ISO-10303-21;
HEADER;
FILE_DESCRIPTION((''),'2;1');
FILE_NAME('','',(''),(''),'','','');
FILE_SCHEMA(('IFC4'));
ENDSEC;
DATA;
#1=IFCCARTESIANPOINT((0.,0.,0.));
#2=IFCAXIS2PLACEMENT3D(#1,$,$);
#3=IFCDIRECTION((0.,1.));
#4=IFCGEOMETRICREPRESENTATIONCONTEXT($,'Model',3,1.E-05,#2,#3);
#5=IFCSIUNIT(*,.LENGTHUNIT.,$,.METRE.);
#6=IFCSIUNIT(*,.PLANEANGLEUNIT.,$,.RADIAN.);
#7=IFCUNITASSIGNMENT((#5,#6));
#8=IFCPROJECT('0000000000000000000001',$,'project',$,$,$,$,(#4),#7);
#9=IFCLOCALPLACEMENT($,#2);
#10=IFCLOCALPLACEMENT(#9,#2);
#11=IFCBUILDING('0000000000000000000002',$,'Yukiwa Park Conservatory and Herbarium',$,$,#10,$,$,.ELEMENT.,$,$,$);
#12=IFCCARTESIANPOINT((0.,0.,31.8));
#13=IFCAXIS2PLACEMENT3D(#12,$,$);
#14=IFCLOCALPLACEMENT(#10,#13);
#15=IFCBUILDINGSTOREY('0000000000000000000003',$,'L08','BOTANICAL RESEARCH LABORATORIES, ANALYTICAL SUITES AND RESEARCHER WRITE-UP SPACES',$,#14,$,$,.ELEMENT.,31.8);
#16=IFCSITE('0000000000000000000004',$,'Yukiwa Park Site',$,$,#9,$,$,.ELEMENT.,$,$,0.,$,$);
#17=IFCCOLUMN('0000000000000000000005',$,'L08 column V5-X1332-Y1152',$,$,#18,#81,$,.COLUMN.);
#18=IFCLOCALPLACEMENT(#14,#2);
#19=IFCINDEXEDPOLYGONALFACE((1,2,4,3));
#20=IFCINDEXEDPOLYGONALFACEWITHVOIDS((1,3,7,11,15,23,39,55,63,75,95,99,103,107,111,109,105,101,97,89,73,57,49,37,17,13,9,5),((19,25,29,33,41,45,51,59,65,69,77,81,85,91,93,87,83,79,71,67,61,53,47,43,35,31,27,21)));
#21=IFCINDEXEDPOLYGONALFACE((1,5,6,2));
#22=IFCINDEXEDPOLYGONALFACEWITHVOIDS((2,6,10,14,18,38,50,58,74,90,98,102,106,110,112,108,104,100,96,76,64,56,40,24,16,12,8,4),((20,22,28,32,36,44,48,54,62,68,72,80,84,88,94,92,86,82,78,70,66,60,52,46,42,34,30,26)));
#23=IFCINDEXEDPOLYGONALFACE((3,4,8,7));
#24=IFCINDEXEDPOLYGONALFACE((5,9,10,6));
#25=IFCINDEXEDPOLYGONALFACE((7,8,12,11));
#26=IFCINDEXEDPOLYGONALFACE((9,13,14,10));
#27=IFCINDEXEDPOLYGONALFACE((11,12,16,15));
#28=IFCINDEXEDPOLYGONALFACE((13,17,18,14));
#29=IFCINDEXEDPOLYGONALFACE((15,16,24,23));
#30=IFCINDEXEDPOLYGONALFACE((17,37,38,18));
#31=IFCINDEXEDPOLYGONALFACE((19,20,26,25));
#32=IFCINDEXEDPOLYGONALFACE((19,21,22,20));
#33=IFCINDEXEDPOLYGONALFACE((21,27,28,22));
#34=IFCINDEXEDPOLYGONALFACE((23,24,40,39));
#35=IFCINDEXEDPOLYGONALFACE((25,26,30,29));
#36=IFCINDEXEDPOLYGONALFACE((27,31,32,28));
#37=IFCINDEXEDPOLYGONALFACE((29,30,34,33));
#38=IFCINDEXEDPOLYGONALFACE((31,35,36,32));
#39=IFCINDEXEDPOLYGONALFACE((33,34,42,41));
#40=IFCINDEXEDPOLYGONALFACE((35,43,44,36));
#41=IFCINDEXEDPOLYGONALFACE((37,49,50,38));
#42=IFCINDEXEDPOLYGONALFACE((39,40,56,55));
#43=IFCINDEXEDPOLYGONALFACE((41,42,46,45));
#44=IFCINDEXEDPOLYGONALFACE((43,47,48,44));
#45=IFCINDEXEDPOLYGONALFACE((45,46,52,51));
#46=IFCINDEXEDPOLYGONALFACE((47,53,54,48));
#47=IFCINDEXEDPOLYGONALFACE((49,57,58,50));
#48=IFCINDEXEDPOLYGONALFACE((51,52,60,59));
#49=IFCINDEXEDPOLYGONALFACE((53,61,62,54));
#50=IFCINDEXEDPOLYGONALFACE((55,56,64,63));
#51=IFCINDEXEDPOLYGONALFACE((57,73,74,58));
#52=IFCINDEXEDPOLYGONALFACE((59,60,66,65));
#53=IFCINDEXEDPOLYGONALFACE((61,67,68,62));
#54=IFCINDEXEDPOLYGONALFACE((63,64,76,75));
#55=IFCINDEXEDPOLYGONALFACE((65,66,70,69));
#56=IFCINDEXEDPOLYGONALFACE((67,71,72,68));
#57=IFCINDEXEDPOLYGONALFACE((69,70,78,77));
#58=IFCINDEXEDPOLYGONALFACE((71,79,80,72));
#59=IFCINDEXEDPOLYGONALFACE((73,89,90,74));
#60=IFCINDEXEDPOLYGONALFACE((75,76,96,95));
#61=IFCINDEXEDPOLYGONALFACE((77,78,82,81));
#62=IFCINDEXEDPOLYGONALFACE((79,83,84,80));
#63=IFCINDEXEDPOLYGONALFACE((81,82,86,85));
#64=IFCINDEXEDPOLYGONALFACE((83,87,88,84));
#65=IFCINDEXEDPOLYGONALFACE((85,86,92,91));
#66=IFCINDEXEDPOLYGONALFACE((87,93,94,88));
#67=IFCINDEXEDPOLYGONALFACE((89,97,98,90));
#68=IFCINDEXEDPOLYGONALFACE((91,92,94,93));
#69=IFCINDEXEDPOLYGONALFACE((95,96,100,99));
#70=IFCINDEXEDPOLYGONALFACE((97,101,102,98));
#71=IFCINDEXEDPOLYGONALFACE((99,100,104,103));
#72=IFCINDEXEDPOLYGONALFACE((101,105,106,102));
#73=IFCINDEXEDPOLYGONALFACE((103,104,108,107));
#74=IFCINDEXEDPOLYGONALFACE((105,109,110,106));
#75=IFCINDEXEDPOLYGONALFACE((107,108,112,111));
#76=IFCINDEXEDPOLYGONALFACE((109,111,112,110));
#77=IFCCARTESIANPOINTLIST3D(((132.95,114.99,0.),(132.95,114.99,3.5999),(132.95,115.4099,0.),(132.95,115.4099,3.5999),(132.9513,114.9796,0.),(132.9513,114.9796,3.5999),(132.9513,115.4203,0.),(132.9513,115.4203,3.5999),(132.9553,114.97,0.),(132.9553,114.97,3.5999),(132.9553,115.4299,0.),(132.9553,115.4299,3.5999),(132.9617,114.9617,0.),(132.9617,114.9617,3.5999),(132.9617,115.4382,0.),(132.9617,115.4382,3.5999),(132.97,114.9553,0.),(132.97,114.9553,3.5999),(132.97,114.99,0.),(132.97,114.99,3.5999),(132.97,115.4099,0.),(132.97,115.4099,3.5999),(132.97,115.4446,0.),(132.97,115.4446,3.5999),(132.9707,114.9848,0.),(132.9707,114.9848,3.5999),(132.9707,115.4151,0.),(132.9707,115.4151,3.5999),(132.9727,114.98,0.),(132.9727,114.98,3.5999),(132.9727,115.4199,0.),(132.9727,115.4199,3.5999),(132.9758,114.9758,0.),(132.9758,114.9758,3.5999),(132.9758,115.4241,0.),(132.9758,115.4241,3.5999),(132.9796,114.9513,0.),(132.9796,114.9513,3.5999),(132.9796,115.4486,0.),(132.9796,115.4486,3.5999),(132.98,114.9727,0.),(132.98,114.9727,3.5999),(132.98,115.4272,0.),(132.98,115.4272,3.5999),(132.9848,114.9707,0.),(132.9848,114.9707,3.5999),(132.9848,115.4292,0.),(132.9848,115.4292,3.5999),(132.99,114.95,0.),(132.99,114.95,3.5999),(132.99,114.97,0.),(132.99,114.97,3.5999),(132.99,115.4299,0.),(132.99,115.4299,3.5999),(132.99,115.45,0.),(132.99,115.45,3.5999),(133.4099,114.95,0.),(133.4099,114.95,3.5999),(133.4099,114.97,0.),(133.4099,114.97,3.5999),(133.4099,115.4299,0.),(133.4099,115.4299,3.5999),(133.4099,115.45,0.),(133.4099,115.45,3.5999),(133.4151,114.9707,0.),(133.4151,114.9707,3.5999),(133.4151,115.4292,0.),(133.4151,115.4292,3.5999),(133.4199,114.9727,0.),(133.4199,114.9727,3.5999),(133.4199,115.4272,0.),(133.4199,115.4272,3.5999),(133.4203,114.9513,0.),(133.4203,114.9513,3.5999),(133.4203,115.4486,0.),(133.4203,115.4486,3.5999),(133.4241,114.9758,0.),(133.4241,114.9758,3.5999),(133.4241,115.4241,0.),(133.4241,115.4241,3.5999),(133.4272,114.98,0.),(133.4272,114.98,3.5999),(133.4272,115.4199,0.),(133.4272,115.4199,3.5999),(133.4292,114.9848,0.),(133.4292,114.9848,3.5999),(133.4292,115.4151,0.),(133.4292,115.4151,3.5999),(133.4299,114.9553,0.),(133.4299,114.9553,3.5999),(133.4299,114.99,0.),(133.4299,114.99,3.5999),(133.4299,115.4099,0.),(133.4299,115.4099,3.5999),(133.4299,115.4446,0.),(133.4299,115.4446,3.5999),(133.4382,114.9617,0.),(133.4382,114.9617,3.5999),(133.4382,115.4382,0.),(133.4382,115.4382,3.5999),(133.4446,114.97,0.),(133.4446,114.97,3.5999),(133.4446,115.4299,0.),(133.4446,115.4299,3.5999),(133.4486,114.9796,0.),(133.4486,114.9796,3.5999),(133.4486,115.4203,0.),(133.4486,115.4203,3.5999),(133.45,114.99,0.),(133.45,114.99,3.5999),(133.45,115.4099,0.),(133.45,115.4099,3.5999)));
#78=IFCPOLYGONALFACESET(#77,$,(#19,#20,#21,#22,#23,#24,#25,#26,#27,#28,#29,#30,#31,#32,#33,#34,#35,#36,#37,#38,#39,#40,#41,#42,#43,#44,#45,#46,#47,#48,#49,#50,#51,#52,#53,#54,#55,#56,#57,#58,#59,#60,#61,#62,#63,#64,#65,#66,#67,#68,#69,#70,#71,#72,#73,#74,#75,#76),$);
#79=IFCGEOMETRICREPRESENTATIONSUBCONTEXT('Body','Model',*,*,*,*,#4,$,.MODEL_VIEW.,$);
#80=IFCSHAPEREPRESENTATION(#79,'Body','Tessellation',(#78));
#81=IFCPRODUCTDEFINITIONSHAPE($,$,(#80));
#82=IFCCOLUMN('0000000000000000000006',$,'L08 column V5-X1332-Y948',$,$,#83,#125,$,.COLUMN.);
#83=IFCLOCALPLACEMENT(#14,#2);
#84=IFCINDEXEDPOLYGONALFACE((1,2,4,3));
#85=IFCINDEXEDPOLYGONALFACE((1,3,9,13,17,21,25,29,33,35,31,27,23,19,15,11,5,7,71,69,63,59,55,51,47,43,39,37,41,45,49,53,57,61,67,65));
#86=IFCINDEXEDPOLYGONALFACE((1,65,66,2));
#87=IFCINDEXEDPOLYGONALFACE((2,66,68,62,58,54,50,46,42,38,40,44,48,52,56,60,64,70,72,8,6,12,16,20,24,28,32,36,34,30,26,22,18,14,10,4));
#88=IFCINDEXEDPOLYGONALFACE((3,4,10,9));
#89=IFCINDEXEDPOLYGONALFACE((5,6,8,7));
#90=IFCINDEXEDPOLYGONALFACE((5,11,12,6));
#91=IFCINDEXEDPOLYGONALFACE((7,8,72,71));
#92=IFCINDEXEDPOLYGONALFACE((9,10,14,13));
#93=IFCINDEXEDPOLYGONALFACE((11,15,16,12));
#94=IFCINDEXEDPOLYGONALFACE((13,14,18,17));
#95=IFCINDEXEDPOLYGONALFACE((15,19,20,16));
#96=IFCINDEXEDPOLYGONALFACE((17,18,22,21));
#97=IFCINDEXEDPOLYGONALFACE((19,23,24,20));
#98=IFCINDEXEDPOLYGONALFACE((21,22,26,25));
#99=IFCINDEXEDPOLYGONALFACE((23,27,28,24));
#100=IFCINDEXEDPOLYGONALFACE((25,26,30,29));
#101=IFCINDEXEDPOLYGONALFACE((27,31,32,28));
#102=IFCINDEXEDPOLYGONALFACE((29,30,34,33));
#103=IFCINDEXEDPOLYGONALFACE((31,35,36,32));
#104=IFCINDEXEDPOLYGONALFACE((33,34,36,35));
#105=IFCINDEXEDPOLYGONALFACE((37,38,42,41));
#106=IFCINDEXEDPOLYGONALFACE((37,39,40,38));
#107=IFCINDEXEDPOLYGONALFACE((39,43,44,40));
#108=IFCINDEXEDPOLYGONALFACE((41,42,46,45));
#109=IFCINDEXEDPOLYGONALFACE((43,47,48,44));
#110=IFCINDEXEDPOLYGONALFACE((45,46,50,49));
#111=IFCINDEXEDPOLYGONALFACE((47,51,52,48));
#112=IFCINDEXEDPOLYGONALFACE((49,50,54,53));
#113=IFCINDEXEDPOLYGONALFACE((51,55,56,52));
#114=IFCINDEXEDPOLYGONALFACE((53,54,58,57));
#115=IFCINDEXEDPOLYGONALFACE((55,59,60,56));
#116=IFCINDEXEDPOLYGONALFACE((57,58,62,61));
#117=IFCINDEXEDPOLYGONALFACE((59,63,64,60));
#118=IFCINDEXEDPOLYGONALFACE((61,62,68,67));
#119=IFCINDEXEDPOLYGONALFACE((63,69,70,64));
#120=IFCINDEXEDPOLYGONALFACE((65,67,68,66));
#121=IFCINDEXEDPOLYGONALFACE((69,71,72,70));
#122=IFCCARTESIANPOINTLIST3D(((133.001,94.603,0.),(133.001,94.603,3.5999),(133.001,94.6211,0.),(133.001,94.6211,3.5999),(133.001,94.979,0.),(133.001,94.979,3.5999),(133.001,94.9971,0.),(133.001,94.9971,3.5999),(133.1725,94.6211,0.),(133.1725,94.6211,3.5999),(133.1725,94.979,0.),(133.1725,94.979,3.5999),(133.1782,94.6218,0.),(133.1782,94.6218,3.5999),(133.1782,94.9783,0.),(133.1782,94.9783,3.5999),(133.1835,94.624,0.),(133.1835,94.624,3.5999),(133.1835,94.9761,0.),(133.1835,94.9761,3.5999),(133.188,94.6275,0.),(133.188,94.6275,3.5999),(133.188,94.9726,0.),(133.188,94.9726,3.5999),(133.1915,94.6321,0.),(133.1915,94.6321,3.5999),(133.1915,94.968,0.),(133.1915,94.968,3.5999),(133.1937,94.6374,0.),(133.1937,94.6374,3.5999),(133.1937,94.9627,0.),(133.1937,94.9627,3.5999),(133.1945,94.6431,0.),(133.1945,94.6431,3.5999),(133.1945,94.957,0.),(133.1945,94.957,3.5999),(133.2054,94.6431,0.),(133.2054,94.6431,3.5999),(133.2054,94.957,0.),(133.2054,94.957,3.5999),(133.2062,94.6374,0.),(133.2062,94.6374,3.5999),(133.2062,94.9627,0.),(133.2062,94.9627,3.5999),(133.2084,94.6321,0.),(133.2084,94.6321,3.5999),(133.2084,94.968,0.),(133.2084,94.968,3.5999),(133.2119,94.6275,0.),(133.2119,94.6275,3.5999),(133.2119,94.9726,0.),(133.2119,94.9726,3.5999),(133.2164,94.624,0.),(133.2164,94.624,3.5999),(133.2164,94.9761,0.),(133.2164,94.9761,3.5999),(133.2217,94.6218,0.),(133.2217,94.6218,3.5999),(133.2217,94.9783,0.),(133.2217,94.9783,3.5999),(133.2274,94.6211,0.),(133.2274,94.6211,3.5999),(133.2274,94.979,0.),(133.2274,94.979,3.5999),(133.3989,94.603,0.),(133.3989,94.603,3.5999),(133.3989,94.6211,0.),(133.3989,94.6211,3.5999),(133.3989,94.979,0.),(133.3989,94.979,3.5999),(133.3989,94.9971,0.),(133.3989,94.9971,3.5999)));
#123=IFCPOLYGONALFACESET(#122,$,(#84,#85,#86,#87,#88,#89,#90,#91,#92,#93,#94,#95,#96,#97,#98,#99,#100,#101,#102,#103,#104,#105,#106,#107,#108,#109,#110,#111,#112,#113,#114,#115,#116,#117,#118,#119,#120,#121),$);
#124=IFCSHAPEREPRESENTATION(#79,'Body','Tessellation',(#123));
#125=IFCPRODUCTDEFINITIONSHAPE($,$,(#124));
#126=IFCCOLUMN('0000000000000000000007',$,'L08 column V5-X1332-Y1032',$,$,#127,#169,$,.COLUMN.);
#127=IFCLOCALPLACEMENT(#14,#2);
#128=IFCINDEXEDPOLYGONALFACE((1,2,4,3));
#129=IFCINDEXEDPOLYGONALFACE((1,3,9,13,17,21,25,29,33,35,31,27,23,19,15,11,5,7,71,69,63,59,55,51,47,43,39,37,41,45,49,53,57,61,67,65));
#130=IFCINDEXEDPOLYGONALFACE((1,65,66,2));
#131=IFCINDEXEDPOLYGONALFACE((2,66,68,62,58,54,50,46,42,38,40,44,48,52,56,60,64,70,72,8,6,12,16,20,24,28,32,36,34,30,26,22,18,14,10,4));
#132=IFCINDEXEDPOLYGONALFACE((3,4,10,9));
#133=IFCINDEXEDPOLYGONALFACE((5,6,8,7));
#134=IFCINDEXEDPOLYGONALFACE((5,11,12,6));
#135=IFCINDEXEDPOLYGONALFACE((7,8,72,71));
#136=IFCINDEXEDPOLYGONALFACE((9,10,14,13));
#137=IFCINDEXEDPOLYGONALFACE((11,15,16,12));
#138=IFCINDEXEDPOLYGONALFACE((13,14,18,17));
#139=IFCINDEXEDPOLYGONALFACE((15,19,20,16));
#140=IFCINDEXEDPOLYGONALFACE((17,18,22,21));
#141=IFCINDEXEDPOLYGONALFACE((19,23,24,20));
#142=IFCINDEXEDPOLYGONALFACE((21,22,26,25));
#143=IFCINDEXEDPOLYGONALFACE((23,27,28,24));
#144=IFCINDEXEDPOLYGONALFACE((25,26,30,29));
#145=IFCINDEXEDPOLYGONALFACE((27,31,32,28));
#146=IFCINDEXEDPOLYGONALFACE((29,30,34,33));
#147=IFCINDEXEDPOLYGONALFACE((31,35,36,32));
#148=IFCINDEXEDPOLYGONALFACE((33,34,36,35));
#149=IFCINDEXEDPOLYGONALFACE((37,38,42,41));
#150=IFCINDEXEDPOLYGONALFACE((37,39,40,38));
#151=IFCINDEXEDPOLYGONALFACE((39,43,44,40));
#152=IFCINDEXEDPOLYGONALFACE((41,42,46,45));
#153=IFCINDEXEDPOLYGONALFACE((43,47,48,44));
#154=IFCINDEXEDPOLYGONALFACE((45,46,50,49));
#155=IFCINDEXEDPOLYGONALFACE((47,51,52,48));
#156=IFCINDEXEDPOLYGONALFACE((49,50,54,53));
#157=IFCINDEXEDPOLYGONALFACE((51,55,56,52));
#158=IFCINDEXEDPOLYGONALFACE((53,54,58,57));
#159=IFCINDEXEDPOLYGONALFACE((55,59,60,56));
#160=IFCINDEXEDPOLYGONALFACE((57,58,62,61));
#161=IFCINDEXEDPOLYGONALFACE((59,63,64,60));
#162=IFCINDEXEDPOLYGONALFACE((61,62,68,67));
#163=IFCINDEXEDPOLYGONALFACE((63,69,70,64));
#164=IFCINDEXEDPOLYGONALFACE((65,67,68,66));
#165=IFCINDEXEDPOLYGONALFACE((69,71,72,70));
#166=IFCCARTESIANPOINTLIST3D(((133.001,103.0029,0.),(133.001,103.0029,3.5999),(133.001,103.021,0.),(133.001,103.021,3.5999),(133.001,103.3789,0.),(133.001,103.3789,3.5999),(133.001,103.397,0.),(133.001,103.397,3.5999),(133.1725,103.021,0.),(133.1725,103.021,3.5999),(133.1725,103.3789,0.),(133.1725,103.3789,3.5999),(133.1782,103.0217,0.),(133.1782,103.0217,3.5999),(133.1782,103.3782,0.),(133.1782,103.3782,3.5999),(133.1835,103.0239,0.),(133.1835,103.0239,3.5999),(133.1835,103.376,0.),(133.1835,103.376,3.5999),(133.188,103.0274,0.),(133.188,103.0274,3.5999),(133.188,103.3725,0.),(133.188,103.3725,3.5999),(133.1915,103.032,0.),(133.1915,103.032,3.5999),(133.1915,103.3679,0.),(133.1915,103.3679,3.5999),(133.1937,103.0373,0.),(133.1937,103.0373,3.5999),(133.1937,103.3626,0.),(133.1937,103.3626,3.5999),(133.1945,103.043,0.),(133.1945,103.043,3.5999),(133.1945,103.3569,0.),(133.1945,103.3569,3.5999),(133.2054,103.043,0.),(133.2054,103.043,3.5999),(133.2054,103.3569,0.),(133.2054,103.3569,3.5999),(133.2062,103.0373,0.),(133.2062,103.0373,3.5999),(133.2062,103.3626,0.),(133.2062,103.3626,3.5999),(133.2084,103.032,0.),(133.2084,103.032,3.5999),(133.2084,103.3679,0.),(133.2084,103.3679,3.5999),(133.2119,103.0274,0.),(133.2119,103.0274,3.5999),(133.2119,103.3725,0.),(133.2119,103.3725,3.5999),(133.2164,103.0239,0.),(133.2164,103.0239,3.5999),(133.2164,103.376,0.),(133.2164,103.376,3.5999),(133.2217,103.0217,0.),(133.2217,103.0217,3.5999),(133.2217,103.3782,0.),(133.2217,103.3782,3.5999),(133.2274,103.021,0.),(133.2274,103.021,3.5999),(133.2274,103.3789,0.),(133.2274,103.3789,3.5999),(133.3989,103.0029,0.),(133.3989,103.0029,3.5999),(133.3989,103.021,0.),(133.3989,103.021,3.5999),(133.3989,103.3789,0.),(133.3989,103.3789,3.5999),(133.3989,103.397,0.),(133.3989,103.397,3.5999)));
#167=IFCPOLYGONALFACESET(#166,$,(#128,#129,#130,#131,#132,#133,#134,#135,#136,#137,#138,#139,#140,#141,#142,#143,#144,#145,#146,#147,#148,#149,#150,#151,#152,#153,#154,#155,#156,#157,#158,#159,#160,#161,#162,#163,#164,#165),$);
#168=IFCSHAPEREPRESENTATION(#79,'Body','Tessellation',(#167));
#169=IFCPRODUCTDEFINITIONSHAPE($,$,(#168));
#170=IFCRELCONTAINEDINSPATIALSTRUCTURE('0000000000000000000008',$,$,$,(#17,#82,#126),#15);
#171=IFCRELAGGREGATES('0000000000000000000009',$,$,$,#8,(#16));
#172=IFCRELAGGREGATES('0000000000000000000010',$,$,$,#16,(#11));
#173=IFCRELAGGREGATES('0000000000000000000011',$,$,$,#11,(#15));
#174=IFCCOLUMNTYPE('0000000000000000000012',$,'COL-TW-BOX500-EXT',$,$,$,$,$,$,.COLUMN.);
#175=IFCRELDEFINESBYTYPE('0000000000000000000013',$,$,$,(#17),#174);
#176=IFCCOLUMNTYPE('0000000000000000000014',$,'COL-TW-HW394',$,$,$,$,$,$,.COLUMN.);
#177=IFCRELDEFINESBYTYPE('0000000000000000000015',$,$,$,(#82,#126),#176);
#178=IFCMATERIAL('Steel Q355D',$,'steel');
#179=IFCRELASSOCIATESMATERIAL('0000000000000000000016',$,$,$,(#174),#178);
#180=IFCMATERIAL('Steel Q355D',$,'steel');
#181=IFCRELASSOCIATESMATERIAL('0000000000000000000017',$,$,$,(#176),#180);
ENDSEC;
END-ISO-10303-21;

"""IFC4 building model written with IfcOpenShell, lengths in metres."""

from ifc_helpers import new_model, si_unit, direction, frame, origin, origin_2d, place, context, subcontext, project, spatial, hollow_rectangle, i_section, extrude, material, material_profile, profile_set, type_object, element, save


model = new_model("IFC4")

# Units and contexts
model_context = context("Model", 3, precision=1e-05, world=origin(), true_north=direction((0.0, 1.0)))
body_context = subcontext(model_context, "Body", "Model", "MODEL_VIEW")
ifc_project = project(units=[si_unit("LENGTHUNIT", "METRE"), si_unit("PLANEANGLEUNIT", "RADIAN")], contexts=[model_context])

# Site, building, storey
site_placement = place(None, origin())
site = spatial("IfcSite", under=ifc_project, at=site_placement, Name="Yukiwa Park Site", CompositionType="ELEMENT", RefElevation=0.0)
building_placement = place(site_placement, origin())
building = spatial("IfcBuilding", under=site, at=building_placement, Name="Yukiwa Park Conservatory and Herbarium", CompositionType="ELEMENT")
storey_placement = place(building_placement, frame((0.0, 0.0, 31.8)))
storey = spatial("IfcBuildingStorey", under=building, at=storey_placement, Name="L08", Description="BOTANICAL RESEARCH LABORATORIES, ANALYTICAL SUITES AND RESEARCHER WRITE-UP SPACES", CompositionType="ELEMENT", Elevation=31.8)

# Columns
ifc_material_1 = material(Name="Steel Q355D", Category="steel")
ifc_material_profile_1 = material_profile(ifc_material_1, hollow_rectangle(XDim=0.5, YDim=0.5, WallThickness=0.02, InnerFilletRadius=0.02, OuterFilletRadius=0.04, at=origin_2d()), Name="BOX 500x500x20")
ifc_profile_set_1 = profile_set([ifc_material_profile_1], Name="Steel Q355D")
column_type_1 = type_object("IfcColumnType", Name="COL-TW-BOX500-EXT", PredefinedType="COLUMN", material=ifc_profile_set_1)
for number, where, z_axis, x_axis, name in (
    (1, (133.2, 115.2, 0.0), (0.0, 0.0, 1.0), (1.0, 0.0, 0.0), "L08 column V5-X1332-Y1152"),
):
    element("IfcColumn", number, at=place(storey_placement, frame(where, z_axis=z_axis, x_axis=x_axis)), inside=storey, type_object=column_type_1, Name=name, PredefinedType="COLUMN", context=body_context, shape_type="SweptSolid", body=[
        extrude(hollow_rectangle(XDim=0.5, YDim=0.5, WallThickness=0.02, InnerFilletRadius=0.02, OuterFilletRadius=0.04, at=origin_2d()), origin(), (0.0, 0.0, 1.0), 3.5999),
    ])
ifc_material_2 = material(Name="Steel Q355D", Category="steel")
ifc_material_profile_2 = material_profile(ifc_material_2, i_section(OverallWidth=0.3979, OverallDepth=0.394, WebThickness=0.011, FlangeThickness=0.0181, FilletRadius=0.022, at=origin_2d()), Name="HW 394x398x11x18")
ifc_profile_set_2 = profile_set([ifc_material_profile_2], Name="Steel Q355D")
column_type_2 = type_object("IfcColumnType", Name="COL-TW-HW394", PredefinedType="COLUMN", material=ifc_profile_set_2)
for number, where, z_axis, x_axis, name in (
    (2, (133.2, 94.8, 0.0), (0.0, 0.0, 1.0), (1.0, 0.0, 0.0), "L08 column V5-X1332-Y948"),
    (3, (133.2, 103.2, 0.0), (0.0, 0.0, 1.0), (1.0, 0.0, 0.0), "L08 column V5-X1332-Y1032"),
):
    element("IfcColumn", number, at=place(storey_placement, frame(where, z_axis=z_axis, x_axis=x_axis)), inside=storey, type_object=column_type_2, Name=name, PredefinedType="COLUMN", context=body_context, shape_type="SweptSolid", body=[
        extrude(i_section(OverallWidth=0.3979, OverallDepth=0.394, WebThickness=0.011, FlangeThickness=0.0181, FilletRadius=0.022, at=origin_2d()), origin(), (0.0, 0.0, 1.0), 3.5999),
    ])

save(model, "model.ifc")
